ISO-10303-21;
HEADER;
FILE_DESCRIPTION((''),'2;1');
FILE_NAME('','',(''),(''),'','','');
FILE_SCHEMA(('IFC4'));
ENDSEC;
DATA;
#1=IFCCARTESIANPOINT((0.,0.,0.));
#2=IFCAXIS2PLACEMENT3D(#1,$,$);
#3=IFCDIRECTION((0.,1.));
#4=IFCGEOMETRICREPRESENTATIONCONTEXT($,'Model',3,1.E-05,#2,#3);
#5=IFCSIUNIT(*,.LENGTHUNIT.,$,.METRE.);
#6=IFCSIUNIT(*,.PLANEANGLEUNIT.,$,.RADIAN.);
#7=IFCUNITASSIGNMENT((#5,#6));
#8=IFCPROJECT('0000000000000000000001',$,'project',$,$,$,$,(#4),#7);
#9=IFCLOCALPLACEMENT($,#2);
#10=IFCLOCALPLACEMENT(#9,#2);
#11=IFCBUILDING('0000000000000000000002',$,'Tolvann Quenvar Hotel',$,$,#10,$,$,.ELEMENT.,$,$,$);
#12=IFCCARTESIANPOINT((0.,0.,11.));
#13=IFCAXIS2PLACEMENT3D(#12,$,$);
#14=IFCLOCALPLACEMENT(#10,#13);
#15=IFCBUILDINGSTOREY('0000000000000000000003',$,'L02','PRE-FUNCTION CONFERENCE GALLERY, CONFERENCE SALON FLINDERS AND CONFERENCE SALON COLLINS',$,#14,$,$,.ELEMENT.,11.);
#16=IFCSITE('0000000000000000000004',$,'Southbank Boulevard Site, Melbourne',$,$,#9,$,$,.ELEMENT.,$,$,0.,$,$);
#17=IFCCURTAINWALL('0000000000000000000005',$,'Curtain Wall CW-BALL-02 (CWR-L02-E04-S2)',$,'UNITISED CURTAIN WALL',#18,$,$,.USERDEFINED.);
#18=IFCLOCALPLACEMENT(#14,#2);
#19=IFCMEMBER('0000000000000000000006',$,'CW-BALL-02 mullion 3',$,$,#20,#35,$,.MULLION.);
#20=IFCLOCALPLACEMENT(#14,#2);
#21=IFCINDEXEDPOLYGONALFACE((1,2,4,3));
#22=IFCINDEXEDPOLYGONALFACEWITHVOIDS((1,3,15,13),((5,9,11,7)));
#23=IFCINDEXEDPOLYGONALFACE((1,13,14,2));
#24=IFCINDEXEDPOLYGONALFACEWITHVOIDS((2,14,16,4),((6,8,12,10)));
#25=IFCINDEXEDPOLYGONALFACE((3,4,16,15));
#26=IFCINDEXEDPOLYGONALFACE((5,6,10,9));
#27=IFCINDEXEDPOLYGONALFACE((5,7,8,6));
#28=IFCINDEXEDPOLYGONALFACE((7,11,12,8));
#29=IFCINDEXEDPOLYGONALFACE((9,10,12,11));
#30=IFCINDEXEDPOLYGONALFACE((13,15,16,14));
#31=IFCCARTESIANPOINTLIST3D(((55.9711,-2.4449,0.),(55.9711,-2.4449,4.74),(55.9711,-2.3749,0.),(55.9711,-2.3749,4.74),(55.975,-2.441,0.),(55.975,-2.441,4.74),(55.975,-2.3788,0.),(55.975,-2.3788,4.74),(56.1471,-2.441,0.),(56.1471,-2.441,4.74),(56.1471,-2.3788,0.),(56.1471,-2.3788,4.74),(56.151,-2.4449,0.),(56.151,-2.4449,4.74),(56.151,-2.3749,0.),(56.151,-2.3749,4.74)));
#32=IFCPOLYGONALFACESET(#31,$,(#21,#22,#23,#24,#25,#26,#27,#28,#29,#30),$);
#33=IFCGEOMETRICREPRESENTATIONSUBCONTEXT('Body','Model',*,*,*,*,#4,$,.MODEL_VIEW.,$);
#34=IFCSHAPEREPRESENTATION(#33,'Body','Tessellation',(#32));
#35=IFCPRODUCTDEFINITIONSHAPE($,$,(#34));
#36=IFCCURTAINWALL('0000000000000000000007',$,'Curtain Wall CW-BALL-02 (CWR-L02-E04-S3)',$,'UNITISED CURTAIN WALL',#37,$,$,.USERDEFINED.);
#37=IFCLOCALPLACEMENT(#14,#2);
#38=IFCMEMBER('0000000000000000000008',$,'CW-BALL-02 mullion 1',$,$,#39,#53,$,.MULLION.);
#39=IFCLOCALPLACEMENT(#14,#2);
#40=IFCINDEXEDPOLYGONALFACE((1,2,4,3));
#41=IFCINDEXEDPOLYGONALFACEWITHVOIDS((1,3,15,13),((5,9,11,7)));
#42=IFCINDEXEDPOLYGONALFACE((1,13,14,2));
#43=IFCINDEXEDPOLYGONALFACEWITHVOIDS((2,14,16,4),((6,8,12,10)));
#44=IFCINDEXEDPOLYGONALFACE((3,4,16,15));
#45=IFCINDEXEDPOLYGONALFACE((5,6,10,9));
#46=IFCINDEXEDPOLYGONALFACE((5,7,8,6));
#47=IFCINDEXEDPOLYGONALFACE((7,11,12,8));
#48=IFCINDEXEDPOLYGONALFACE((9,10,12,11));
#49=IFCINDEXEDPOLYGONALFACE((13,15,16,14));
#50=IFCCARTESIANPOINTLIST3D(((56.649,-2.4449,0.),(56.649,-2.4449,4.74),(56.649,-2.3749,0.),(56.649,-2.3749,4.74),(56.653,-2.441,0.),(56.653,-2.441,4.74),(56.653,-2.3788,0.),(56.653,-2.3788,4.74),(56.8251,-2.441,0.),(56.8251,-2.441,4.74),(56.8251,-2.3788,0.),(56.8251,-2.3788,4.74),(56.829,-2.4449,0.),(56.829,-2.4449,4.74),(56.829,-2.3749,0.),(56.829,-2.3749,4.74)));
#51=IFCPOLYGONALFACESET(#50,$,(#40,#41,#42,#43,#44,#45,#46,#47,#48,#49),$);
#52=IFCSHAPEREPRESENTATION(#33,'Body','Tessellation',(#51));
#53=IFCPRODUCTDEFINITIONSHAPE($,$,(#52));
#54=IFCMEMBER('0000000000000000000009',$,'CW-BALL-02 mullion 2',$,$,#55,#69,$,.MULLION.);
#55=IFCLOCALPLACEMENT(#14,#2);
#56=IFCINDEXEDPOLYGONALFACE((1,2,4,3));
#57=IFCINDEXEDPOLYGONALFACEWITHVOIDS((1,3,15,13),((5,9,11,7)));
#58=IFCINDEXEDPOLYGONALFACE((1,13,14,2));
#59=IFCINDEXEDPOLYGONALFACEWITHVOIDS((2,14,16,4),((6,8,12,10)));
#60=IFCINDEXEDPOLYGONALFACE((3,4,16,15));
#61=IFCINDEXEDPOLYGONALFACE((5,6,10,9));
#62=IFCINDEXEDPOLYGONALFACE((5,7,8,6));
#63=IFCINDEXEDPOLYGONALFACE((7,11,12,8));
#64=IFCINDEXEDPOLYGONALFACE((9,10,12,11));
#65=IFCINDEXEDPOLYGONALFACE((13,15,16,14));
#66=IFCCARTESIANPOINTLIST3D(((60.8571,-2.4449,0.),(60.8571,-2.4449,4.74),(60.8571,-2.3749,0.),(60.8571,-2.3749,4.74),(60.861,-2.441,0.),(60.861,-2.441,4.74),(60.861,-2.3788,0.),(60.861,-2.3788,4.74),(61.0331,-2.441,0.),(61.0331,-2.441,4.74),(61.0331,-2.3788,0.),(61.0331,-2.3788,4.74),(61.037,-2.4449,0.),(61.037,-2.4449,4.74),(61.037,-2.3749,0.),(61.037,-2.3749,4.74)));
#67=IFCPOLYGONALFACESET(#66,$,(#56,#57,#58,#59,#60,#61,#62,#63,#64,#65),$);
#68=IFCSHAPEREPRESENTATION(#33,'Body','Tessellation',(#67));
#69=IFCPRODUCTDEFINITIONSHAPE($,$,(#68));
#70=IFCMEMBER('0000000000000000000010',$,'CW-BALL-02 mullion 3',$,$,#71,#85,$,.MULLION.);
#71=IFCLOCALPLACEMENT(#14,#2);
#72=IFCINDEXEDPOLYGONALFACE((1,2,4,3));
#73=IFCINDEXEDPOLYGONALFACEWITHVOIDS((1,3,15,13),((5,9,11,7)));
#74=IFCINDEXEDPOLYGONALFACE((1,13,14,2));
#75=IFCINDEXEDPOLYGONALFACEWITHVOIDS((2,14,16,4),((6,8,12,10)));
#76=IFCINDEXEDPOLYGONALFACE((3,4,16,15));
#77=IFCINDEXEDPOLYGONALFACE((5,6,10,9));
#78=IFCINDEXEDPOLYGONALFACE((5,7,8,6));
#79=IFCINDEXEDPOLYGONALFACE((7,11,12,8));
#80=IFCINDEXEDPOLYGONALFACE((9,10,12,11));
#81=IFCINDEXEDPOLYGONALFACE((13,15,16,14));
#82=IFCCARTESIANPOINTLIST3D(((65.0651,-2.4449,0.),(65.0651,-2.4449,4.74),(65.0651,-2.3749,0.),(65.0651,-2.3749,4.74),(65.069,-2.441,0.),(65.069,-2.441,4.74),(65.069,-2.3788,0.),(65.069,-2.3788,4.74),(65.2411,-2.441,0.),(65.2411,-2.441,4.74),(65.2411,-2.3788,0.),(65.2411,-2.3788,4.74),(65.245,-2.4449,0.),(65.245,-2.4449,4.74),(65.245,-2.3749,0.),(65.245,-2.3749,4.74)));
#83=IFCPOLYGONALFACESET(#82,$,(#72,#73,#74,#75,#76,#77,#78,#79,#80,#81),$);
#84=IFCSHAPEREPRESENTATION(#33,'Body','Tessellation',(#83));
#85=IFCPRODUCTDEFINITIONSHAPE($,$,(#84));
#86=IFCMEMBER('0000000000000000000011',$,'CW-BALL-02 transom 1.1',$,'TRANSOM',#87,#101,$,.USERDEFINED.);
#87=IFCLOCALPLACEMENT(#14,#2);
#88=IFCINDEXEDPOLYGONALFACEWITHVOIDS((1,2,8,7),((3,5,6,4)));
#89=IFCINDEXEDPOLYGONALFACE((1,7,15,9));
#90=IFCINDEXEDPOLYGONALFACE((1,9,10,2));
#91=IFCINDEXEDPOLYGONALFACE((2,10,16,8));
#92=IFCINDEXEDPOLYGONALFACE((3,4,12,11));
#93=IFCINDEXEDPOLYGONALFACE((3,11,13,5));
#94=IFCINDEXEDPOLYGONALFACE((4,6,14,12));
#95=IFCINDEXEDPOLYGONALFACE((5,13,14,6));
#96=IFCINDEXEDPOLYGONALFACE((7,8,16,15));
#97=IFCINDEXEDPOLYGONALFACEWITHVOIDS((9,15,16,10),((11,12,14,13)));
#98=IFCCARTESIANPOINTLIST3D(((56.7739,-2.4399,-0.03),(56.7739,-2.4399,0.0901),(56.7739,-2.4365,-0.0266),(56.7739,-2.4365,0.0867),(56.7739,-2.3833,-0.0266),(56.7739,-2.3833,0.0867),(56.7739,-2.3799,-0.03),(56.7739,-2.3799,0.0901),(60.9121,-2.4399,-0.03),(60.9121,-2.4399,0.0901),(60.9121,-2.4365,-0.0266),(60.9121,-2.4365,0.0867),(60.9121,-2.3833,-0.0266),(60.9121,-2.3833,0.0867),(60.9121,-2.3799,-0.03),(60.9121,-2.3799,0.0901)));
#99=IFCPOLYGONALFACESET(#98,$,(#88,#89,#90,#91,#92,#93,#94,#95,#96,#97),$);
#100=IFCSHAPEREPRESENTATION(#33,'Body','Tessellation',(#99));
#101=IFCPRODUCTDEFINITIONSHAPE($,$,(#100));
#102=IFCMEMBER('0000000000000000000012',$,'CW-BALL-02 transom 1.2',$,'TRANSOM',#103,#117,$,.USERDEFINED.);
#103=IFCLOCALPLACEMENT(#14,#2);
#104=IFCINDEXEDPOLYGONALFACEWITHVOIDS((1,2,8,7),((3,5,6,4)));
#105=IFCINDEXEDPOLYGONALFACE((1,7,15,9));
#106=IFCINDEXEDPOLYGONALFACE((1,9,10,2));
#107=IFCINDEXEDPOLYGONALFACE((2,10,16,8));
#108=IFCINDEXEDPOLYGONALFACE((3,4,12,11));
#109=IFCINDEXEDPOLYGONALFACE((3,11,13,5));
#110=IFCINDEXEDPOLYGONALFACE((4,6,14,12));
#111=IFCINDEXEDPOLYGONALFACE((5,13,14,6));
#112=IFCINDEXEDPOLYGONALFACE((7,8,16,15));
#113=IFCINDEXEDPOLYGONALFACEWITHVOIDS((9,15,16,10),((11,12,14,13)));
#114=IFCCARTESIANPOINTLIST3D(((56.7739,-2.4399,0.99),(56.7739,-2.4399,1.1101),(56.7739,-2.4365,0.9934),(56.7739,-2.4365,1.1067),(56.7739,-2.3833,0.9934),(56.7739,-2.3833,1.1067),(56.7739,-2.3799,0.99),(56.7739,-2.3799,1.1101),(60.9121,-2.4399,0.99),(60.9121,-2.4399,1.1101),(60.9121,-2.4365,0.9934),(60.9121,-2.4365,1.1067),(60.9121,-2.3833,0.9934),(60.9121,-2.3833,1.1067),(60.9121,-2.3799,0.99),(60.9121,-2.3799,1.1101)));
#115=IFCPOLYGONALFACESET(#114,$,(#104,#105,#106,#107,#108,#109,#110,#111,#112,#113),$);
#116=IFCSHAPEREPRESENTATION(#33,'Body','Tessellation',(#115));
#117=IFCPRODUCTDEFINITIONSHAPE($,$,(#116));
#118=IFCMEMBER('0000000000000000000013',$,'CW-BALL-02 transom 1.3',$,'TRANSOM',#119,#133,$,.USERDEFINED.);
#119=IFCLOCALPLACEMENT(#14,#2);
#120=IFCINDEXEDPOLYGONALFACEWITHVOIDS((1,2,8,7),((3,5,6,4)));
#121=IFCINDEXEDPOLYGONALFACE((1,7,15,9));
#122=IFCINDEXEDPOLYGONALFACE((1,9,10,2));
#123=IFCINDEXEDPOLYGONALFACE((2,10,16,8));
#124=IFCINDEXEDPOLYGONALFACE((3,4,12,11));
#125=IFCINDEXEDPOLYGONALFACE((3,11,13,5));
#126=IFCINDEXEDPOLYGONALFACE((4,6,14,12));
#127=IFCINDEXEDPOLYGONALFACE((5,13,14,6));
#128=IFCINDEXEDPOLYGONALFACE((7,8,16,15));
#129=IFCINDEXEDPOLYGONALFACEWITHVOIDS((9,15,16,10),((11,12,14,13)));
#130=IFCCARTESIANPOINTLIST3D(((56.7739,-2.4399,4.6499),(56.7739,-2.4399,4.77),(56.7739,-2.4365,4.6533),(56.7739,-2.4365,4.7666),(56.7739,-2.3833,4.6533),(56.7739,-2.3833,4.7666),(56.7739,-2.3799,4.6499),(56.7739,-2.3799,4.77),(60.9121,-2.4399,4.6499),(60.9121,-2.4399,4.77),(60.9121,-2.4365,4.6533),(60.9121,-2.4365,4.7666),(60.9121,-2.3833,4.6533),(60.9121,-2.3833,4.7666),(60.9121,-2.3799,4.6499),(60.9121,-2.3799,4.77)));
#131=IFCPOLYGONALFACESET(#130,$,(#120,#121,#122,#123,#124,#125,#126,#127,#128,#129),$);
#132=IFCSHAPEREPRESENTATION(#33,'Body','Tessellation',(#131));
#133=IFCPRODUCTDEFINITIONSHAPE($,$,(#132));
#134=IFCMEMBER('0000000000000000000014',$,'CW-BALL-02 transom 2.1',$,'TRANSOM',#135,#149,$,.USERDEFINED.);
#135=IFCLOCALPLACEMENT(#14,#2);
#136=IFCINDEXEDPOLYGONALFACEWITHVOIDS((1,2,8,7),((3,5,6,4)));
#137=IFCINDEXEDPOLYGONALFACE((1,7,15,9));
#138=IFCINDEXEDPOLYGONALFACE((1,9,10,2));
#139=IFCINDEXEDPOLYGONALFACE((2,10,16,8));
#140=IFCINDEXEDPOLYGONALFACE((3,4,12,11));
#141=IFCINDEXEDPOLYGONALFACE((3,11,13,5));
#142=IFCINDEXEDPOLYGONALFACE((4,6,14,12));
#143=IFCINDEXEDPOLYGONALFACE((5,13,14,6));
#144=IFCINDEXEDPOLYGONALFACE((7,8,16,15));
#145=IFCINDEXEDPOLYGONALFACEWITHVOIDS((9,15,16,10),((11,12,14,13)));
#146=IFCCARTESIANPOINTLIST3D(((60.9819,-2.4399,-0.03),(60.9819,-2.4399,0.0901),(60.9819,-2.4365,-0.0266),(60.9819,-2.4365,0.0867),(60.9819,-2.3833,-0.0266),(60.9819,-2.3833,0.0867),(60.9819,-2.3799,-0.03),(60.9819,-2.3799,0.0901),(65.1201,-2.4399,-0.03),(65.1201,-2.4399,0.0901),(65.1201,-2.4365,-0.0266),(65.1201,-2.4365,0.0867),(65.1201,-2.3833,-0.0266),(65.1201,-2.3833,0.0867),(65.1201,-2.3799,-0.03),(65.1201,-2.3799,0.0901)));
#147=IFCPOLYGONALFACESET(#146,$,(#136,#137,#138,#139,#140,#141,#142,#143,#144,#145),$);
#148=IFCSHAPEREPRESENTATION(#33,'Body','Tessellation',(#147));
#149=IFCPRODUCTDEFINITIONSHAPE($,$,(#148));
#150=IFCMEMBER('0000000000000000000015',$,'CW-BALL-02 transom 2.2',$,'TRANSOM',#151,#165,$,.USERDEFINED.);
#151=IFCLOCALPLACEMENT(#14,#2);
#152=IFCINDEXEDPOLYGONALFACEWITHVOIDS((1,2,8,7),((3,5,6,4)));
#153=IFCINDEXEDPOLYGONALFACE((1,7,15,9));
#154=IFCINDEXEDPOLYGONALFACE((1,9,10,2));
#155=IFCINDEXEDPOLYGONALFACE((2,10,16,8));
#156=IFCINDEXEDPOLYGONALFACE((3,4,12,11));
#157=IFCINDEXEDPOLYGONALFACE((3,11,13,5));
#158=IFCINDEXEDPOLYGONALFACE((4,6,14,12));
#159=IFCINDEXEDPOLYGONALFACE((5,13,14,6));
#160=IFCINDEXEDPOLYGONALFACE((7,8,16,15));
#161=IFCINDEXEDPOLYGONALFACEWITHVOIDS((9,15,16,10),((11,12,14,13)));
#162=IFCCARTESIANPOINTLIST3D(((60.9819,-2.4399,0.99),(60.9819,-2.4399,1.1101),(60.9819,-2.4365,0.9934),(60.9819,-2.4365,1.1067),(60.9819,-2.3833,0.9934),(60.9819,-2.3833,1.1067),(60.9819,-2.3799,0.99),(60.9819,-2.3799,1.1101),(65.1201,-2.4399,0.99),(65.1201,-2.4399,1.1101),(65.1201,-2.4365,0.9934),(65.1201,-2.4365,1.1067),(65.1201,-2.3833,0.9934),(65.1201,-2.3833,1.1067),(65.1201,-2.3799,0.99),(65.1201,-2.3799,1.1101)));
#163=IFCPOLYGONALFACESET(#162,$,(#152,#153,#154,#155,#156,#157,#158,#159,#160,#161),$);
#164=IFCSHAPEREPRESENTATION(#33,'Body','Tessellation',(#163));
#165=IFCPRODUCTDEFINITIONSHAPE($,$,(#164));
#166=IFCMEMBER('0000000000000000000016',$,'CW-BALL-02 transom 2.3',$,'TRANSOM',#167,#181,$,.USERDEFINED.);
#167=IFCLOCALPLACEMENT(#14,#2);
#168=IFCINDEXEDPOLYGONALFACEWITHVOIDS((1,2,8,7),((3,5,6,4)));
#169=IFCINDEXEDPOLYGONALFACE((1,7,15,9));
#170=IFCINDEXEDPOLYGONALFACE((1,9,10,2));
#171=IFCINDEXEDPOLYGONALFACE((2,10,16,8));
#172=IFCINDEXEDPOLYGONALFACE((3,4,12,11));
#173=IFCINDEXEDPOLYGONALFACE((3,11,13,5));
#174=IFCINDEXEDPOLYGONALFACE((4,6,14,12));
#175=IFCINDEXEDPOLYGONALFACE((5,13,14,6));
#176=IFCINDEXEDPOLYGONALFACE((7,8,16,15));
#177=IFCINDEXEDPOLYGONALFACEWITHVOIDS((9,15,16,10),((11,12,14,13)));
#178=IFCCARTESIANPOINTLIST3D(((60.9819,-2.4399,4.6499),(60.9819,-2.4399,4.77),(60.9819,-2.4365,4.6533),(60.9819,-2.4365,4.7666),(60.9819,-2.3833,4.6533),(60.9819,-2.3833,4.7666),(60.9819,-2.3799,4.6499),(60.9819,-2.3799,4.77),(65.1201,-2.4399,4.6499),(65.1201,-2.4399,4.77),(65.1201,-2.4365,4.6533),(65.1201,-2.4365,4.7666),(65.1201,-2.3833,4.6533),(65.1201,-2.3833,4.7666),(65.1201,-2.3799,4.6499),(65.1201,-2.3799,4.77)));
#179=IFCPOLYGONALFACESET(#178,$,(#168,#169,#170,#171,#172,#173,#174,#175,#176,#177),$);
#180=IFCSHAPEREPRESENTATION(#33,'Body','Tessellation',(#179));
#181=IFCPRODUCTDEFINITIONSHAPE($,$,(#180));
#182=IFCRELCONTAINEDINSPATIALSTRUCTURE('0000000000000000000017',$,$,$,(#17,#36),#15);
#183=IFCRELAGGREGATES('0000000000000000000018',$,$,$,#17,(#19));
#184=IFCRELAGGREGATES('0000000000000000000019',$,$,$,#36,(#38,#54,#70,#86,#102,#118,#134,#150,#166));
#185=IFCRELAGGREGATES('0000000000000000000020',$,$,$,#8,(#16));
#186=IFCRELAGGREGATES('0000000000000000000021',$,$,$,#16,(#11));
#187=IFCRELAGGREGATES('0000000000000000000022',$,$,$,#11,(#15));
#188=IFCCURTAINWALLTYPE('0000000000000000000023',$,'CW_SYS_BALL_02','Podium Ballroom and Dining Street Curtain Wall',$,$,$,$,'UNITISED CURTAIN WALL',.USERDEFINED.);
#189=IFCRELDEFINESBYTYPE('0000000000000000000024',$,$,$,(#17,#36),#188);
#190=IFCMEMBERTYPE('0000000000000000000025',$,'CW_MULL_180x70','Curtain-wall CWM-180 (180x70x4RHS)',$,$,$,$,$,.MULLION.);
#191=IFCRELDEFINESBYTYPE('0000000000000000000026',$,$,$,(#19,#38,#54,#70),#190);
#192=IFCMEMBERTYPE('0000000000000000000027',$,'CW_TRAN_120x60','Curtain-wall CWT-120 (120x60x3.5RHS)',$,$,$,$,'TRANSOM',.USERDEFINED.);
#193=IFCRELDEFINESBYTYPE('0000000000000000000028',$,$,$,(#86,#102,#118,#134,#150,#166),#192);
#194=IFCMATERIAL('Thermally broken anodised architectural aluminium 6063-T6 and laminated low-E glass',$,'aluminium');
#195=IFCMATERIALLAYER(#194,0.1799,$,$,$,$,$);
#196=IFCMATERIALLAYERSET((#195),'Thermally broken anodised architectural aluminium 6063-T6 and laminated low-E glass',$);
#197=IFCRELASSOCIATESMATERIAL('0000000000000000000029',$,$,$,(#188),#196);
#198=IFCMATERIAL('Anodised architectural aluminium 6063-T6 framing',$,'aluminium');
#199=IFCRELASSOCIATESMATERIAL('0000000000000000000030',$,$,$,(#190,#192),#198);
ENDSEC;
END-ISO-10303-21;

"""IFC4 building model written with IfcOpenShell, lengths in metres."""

from ifc_helpers import new_model, si_unit, direction, frame, origin, origin_2d, place, context, subcontext, project, spatial, hollow_rectangle, extrude, source, transform, mapped, material, layer, layer_set, material_profile, profile_set, type_object, type_shapes, element, aggregate, save


model = new_model("IFC4")

# Units and contexts
model_context = context("Model", 3, precision=1e-05, world=origin(), true_north=direction((0.0, 1.0)))
body_context = subcontext(model_context, "Body", "Model", "MODEL_VIEW")
ifc_project = project(units=[si_unit("LENGTHUNIT", "METRE"), si_unit("PLANEANGLEUNIT", "RADIAN")], contexts=[model_context])

# Site, building, storey
site_placement = place(None, origin())
site = spatial("IfcSite", under=ifc_project, at=site_placement, Name="Southbank Boulevard Site, Melbourne", CompositionType="ELEMENT", RefElevation=0.0)
building_placement = place(site_placement, origin())
building = spatial("IfcBuilding", under=site, at=building_placement, Name="Tolvann Quenvar Hotel", CompositionType="ELEMENT")
storey_placement = place(building_placement, frame((0.0, 0.0, 11.0)))
storey = spatial("IfcBuildingStorey", under=building, at=storey_placement, Name="L02", Description="PRE-FUNCTION CONFERENCE GALLERY, CONFERENCE SALON FLINDERS AND CONFERENCE SALON COLLINS", CompositionType="ELEMENT", Elevation=11.0)

# Curtain wall, member
ifc_material_1 = material(Name="Thermally broken anodised architectural aluminium 6063-T6 and laminated low-E glass", Category="aluminium")
ifc_layer_1 = layer(ifc_material_1, 0.1799)
ifc_layer_set_1 = layer_set([ifc_layer_1], Name="Thermally broken anodised architectural aluminium 6063-T6 and laminated low-E glass")
curtain_wall_type = type_object("IfcCurtainWallType", Name="CW_SYS_BALL_02", Description="Podium Ballroom and Dining Street Curtain Wall", ElementType="UNITISED CURTAIN WALL", PredefinedType="USERDEFINED", material=ifc_layer_set_1)
curtain_wall_1_placement = place(storey_placement, origin())
curtain_wall_1 = element("IfcCurtainWall", 1, at=curtain_wall_1_placement, inside=storey, type_object=curtain_wall_type, Name="Curtain Wall CW-BALL-02 (CWR-L02-E04-S2)", ObjectType="UNITISED CURTAIN WALL", PredefinedType="USERDEFINED")
ifc_material_2 = material(Name="Anodised architectural aluminium 6063-T6 framing", Category="aluminium")
ifc_material_profile_1 = material_profile(ifc_material_2, hollow_rectangle(XDim=0.0701, YDim=0.1799, WallThickness=0.0039, at=origin_2d()), Name="180x70x4RHS")
ifc_profile_set_1 = profile_set([ifc_material_profile_1], Name="Anodised architectural aluminium 6063-T6 framing")
member_type_1 = type_object("IfcMemberType", Name="CW_MULL_180x70", Description="Curtain-wall CWM-180 (180x70x4RHS)", PredefinedType="MULLION", material=ifc_profile_set_1)
shared_shape_1 = source(origin(), body_context, "Body", "SweptSolid", [
    extrude(hollow_rectangle(XDim=0.0701, YDim=0.1799, WallThickness=0.0039, at=origin_2d()), origin(), (0.0, 0.0, 1.0), 4.74),
])
type_shapes(member_type_1, [shared_shape_1])
member_1_placement = place(storey_placement, frame((56.061, -2.4099, 0.0), z_axis=(0.0, 0.0, 1.0), x_axis=(0.0, 1.0, 0.0)))
member_1 = element("IfcMember", 2, at=member_1_placement, type_object=member_type_1, Name="CW-BALL-02 mullion 3", PredefinedType="MULLION", context=body_context, shape_type="MappedRepresentation", body=[
    mapped(shared_shape_1, transform((0.0, 0.0, 0.0), x_axis=(1.0, 0.0, 0.0), y_axis=(0.0, 1.0, 0.0), z_axis=(0.0, 0.0, 1.0), scale=1.0)),
])

# Curtain wall, members
curtain_wall_2_placement = place(storey_placement, origin())
curtain_wall_2 = element("IfcCurtainWall", 3, at=curtain_wall_2_placement, inside=storey, type_object=curtain_wall_type, Name="Curtain Wall CW-BALL-02 (CWR-L02-E04-S3)", ObjectType="UNITISED CURTAIN WALL", PredefinedType="USERDEFINED")
member_2_placement = place(storey_placement, frame((56.739, -2.4099, 0.0), z_axis=(0.0, 0.0, 1.0), x_axis=(0.0, 1.0, 0.0)))
member_2 = element("IfcMember", 4, at=member_2_placement, type_object=member_type_1, Name="CW-BALL-02 mullion 1", PredefinedType="MULLION", context=body_context, shape_type="MappedRepresentation", body=[
    mapped(shared_shape_1, transform((0.0, 0.0, 0.0), x_axis=(1.0, 0.0, 0.0), y_axis=(0.0, 1.0, 0.0), z_axis=(0.0, 0.0, 1.0), scale=1.0)),
])
member_3_placement = place(storey_placement, frame((60.947, -2.4099, 0.0), z_axis=(0.0, 0.0, 1.0), x_axis=(0.0, 1.0, 0.0)))
member_3 = element("IfcMember", 5, at=member_3_placement, type_object=member_type_1, Name="CW-BALL-02 mullion 2", PredefinedType="MULLION", context=body_context, shape_type="MappedRepresentation", body=[
    mapped(shared_shape_1, transform((0.0, 0.0, 0.0), x_axis=(1.0, 0.0, 0.0), y_axis=(0.0, 1.0, 0.0), z_axis=(0.0, 0.0, 1.0), scale=1.0)),
])
member_4_placement = place(storey_placement, frame((65.155, -2.4099, 0.0), z_axis=(0.0, 0.0, 1.0), x_axis=(0.0, 1.0, 0.0)))
member_4 = element("IfcMember", 6, at=member_4_placement, type_object=member_type_1, Name="CW-BALL-02 mullion 3", PredefinedType="MULLION", context=body_context, shape_type="MappedRepresentation", body=[
    mapped(shared_shape_1, transform((0.0, 0.0, 0.0), x_axis=(1.0, 0.0, 0.0), y_axis=(0.0, 1.0, 0.0), z_axis=(0.0, 0.0, 1.0), scale=1.0)),
])
ifc_material_profile_2 = material_profile(ifc_material_2, hollow_rectangle(XDim=0.0601, YDim=0.1201, WallThickness=0.0034, at=origin_2d()), Name="120x60x3.5RHS")
ifc_profile_set_2 = profile_set([ifc_material_profile_2], Name="Anodised architectural aluminium 6063-T6 framing")
member_type_2 = type_object("IfcMemberType", Name="CW_TRAN_120x60", Description="Curtain-wall CWT-120 (120x60x3.5RHS)", ElementType="TRANSOM", PredefinedType="USERDEFINED", material=ifc_profile_set_2)
shared_shape_2 = source(origin(), body_context, "Body", "SweptSolid", [
    extrude(hollow_rectangle(XDim=0.0601, YDim=0.1201, WallThickness=0.0034, at=origin_2d()), origin(), (0.0, 0.0, 1.0), 4.1382),
])
type_shapes(member_type_2, [shared_shape_2])
member_5_placement = place(storey_placement, frame((56.7739, -2.4099, 0.03), z_axis=(1.0, 0.0, 0.0), x_axis=(0.0, 1.0, 0.0)))
member_5 = element("IfcMember", 7, at=member_5_placement, type_object=member_type_2, Name="CW-BALL-02 transom 1.1", ObjectType="TRANSOM", PredefinedType="USERDEFINED", context=body_context, shape_type="MappedRepresentation", body=[
    mapped(shared_shape_2, transform((0.0, 0.0, 0.0), x_axis=(1.0, 0.0, 0.0), y_axis=(0.0, 1.0, 0.0), z_axis=(0.0, 0.0, 1.0), scale=1.0)),
])
member_6_placement = place(storey_placement, frame((56.7739, -2.4099, 1.05), z_axis=(1.0, 0.0, 0.0), x_axis=(0.0, 1.0, 0.0)))
member_6 = element("IfcMember", 8, at=member_6_placement, type_object=member_type_2, Name="CW-BALL-02 transom 1.2", ObjectType="TRANSOM", PredefinedType="USERDEFINED", context=body_context, shape_type="MappedRepresentation", body=[
    mapped(shared_shape_2, transform((0.0, 0.0, 0.0), x_axis=(1.0, 0.0, 0.0), y_axis=(0.0, 1.0, 0.0), z_axis=(0.0, 0.0, 1.0), scale=1.0)),
])
member_7_placement = place(storey_placement, frame((56.7739, -2.4099, 4.71), z_axis=(1.0, 0.0, 0.0), x_axis=(0.0, 1.0, 0.0)))
member_7 = element("IfcMember", 9, at=member_7_placement, type_object=member_type_2, Name="CW-BALL-02 transom 1.3", ObjectType="TRANSOM", PredefinedType="USERDEFINED", context=body_context, shape_type="MappedRepresentation", body=[
    mapped(shared_shape_2, transform((0.0, 0.0, 0.0), x_axis=(1.0, 0.0, 0.0), y_axis=(0.0, 1.0, 0.0), z_axis=(0.0, 0.0, 1.0), scale=1.0)),
])
member_8_placement = place(storey_placement, frame((60.9819, -2.4099, 0.03), z_axis=(1.0, 0.0, 0.0), x_axis=(0.0, 1.0, 0.0)))
member_8 = element("IfcMember", 10, at=member_8_placement, type_object=member_type_2, Name="CW-BALL-02 transom 2.1", ObjectType="TRANSOM", PredefinedType="USERDEFINED", context=body_context, shape_type="MappedRepresentation", body=[
    mapped(shared_shape_2, transform((0.0, 0.0, 0.0), x_axis=(1.0, 0.0, 0.0), y_axis=(0.0, 1.0, 0.0), z_axis=(0.0, 0.0, 1.0), scale=1.0)),
])
member_9_placement = place(storey_placement, frame((60.9819, -2.4099, 1.05), z_axis=(1.0, 0.0, 0.0), x_axis=(0.0, 1.0, 0.0)))
member_9 = element("IfcMember", 11, at=member_9_placement, type_object=member_type_2, Name="CW-BALL-02 transom 2.2", ObjectType="TRANSOM", PredefinedType="USERDEFINED", context=body_context, shape_type="MappedRepresentation", body=[
    mapped(shared_shape_2, transform((0.0, 0.0, 0.0), x_axis=(1.0, 0.0, 0.0), y_axis=(0.0, 1.0, 0.0), z_axis=(0.0, 0.0, 1.0), scale=1.0)),
])
member_10_placement = place(storey_placement, frame((60.9819, -2.4099, 4.71), z_axis=(1.0, 0.0, 0.0), x_axis=(0.0, 1.0, 0.0)))
member_10 = element("IfcMember", 12, at=member_10_placement, type_object=member_type_2, Name="CW-BALL-02 transom 2.3", ObjectType="TRANSOM", PredefinedType="USERDEFINED", context=body_context, shape_type="MappedRepresentation", body=[
    mapped(shared_shape_2, transform((0.0, 0.0, 0.0), x_axis=(1.0, 0.0, 0.0), y_axis=(0.0, 1.0, 0.0), z_axis=(0.0, 0.0, 1.0), scale=1.0)),
])

aggregate(curtain_wall_1, [member_1])
aggregate(curtain_wall_2, [member_2, member_3, member_4, member_5, member_6, member_7, member_8, member_9, member_10])

save(model, "model.ifc")
